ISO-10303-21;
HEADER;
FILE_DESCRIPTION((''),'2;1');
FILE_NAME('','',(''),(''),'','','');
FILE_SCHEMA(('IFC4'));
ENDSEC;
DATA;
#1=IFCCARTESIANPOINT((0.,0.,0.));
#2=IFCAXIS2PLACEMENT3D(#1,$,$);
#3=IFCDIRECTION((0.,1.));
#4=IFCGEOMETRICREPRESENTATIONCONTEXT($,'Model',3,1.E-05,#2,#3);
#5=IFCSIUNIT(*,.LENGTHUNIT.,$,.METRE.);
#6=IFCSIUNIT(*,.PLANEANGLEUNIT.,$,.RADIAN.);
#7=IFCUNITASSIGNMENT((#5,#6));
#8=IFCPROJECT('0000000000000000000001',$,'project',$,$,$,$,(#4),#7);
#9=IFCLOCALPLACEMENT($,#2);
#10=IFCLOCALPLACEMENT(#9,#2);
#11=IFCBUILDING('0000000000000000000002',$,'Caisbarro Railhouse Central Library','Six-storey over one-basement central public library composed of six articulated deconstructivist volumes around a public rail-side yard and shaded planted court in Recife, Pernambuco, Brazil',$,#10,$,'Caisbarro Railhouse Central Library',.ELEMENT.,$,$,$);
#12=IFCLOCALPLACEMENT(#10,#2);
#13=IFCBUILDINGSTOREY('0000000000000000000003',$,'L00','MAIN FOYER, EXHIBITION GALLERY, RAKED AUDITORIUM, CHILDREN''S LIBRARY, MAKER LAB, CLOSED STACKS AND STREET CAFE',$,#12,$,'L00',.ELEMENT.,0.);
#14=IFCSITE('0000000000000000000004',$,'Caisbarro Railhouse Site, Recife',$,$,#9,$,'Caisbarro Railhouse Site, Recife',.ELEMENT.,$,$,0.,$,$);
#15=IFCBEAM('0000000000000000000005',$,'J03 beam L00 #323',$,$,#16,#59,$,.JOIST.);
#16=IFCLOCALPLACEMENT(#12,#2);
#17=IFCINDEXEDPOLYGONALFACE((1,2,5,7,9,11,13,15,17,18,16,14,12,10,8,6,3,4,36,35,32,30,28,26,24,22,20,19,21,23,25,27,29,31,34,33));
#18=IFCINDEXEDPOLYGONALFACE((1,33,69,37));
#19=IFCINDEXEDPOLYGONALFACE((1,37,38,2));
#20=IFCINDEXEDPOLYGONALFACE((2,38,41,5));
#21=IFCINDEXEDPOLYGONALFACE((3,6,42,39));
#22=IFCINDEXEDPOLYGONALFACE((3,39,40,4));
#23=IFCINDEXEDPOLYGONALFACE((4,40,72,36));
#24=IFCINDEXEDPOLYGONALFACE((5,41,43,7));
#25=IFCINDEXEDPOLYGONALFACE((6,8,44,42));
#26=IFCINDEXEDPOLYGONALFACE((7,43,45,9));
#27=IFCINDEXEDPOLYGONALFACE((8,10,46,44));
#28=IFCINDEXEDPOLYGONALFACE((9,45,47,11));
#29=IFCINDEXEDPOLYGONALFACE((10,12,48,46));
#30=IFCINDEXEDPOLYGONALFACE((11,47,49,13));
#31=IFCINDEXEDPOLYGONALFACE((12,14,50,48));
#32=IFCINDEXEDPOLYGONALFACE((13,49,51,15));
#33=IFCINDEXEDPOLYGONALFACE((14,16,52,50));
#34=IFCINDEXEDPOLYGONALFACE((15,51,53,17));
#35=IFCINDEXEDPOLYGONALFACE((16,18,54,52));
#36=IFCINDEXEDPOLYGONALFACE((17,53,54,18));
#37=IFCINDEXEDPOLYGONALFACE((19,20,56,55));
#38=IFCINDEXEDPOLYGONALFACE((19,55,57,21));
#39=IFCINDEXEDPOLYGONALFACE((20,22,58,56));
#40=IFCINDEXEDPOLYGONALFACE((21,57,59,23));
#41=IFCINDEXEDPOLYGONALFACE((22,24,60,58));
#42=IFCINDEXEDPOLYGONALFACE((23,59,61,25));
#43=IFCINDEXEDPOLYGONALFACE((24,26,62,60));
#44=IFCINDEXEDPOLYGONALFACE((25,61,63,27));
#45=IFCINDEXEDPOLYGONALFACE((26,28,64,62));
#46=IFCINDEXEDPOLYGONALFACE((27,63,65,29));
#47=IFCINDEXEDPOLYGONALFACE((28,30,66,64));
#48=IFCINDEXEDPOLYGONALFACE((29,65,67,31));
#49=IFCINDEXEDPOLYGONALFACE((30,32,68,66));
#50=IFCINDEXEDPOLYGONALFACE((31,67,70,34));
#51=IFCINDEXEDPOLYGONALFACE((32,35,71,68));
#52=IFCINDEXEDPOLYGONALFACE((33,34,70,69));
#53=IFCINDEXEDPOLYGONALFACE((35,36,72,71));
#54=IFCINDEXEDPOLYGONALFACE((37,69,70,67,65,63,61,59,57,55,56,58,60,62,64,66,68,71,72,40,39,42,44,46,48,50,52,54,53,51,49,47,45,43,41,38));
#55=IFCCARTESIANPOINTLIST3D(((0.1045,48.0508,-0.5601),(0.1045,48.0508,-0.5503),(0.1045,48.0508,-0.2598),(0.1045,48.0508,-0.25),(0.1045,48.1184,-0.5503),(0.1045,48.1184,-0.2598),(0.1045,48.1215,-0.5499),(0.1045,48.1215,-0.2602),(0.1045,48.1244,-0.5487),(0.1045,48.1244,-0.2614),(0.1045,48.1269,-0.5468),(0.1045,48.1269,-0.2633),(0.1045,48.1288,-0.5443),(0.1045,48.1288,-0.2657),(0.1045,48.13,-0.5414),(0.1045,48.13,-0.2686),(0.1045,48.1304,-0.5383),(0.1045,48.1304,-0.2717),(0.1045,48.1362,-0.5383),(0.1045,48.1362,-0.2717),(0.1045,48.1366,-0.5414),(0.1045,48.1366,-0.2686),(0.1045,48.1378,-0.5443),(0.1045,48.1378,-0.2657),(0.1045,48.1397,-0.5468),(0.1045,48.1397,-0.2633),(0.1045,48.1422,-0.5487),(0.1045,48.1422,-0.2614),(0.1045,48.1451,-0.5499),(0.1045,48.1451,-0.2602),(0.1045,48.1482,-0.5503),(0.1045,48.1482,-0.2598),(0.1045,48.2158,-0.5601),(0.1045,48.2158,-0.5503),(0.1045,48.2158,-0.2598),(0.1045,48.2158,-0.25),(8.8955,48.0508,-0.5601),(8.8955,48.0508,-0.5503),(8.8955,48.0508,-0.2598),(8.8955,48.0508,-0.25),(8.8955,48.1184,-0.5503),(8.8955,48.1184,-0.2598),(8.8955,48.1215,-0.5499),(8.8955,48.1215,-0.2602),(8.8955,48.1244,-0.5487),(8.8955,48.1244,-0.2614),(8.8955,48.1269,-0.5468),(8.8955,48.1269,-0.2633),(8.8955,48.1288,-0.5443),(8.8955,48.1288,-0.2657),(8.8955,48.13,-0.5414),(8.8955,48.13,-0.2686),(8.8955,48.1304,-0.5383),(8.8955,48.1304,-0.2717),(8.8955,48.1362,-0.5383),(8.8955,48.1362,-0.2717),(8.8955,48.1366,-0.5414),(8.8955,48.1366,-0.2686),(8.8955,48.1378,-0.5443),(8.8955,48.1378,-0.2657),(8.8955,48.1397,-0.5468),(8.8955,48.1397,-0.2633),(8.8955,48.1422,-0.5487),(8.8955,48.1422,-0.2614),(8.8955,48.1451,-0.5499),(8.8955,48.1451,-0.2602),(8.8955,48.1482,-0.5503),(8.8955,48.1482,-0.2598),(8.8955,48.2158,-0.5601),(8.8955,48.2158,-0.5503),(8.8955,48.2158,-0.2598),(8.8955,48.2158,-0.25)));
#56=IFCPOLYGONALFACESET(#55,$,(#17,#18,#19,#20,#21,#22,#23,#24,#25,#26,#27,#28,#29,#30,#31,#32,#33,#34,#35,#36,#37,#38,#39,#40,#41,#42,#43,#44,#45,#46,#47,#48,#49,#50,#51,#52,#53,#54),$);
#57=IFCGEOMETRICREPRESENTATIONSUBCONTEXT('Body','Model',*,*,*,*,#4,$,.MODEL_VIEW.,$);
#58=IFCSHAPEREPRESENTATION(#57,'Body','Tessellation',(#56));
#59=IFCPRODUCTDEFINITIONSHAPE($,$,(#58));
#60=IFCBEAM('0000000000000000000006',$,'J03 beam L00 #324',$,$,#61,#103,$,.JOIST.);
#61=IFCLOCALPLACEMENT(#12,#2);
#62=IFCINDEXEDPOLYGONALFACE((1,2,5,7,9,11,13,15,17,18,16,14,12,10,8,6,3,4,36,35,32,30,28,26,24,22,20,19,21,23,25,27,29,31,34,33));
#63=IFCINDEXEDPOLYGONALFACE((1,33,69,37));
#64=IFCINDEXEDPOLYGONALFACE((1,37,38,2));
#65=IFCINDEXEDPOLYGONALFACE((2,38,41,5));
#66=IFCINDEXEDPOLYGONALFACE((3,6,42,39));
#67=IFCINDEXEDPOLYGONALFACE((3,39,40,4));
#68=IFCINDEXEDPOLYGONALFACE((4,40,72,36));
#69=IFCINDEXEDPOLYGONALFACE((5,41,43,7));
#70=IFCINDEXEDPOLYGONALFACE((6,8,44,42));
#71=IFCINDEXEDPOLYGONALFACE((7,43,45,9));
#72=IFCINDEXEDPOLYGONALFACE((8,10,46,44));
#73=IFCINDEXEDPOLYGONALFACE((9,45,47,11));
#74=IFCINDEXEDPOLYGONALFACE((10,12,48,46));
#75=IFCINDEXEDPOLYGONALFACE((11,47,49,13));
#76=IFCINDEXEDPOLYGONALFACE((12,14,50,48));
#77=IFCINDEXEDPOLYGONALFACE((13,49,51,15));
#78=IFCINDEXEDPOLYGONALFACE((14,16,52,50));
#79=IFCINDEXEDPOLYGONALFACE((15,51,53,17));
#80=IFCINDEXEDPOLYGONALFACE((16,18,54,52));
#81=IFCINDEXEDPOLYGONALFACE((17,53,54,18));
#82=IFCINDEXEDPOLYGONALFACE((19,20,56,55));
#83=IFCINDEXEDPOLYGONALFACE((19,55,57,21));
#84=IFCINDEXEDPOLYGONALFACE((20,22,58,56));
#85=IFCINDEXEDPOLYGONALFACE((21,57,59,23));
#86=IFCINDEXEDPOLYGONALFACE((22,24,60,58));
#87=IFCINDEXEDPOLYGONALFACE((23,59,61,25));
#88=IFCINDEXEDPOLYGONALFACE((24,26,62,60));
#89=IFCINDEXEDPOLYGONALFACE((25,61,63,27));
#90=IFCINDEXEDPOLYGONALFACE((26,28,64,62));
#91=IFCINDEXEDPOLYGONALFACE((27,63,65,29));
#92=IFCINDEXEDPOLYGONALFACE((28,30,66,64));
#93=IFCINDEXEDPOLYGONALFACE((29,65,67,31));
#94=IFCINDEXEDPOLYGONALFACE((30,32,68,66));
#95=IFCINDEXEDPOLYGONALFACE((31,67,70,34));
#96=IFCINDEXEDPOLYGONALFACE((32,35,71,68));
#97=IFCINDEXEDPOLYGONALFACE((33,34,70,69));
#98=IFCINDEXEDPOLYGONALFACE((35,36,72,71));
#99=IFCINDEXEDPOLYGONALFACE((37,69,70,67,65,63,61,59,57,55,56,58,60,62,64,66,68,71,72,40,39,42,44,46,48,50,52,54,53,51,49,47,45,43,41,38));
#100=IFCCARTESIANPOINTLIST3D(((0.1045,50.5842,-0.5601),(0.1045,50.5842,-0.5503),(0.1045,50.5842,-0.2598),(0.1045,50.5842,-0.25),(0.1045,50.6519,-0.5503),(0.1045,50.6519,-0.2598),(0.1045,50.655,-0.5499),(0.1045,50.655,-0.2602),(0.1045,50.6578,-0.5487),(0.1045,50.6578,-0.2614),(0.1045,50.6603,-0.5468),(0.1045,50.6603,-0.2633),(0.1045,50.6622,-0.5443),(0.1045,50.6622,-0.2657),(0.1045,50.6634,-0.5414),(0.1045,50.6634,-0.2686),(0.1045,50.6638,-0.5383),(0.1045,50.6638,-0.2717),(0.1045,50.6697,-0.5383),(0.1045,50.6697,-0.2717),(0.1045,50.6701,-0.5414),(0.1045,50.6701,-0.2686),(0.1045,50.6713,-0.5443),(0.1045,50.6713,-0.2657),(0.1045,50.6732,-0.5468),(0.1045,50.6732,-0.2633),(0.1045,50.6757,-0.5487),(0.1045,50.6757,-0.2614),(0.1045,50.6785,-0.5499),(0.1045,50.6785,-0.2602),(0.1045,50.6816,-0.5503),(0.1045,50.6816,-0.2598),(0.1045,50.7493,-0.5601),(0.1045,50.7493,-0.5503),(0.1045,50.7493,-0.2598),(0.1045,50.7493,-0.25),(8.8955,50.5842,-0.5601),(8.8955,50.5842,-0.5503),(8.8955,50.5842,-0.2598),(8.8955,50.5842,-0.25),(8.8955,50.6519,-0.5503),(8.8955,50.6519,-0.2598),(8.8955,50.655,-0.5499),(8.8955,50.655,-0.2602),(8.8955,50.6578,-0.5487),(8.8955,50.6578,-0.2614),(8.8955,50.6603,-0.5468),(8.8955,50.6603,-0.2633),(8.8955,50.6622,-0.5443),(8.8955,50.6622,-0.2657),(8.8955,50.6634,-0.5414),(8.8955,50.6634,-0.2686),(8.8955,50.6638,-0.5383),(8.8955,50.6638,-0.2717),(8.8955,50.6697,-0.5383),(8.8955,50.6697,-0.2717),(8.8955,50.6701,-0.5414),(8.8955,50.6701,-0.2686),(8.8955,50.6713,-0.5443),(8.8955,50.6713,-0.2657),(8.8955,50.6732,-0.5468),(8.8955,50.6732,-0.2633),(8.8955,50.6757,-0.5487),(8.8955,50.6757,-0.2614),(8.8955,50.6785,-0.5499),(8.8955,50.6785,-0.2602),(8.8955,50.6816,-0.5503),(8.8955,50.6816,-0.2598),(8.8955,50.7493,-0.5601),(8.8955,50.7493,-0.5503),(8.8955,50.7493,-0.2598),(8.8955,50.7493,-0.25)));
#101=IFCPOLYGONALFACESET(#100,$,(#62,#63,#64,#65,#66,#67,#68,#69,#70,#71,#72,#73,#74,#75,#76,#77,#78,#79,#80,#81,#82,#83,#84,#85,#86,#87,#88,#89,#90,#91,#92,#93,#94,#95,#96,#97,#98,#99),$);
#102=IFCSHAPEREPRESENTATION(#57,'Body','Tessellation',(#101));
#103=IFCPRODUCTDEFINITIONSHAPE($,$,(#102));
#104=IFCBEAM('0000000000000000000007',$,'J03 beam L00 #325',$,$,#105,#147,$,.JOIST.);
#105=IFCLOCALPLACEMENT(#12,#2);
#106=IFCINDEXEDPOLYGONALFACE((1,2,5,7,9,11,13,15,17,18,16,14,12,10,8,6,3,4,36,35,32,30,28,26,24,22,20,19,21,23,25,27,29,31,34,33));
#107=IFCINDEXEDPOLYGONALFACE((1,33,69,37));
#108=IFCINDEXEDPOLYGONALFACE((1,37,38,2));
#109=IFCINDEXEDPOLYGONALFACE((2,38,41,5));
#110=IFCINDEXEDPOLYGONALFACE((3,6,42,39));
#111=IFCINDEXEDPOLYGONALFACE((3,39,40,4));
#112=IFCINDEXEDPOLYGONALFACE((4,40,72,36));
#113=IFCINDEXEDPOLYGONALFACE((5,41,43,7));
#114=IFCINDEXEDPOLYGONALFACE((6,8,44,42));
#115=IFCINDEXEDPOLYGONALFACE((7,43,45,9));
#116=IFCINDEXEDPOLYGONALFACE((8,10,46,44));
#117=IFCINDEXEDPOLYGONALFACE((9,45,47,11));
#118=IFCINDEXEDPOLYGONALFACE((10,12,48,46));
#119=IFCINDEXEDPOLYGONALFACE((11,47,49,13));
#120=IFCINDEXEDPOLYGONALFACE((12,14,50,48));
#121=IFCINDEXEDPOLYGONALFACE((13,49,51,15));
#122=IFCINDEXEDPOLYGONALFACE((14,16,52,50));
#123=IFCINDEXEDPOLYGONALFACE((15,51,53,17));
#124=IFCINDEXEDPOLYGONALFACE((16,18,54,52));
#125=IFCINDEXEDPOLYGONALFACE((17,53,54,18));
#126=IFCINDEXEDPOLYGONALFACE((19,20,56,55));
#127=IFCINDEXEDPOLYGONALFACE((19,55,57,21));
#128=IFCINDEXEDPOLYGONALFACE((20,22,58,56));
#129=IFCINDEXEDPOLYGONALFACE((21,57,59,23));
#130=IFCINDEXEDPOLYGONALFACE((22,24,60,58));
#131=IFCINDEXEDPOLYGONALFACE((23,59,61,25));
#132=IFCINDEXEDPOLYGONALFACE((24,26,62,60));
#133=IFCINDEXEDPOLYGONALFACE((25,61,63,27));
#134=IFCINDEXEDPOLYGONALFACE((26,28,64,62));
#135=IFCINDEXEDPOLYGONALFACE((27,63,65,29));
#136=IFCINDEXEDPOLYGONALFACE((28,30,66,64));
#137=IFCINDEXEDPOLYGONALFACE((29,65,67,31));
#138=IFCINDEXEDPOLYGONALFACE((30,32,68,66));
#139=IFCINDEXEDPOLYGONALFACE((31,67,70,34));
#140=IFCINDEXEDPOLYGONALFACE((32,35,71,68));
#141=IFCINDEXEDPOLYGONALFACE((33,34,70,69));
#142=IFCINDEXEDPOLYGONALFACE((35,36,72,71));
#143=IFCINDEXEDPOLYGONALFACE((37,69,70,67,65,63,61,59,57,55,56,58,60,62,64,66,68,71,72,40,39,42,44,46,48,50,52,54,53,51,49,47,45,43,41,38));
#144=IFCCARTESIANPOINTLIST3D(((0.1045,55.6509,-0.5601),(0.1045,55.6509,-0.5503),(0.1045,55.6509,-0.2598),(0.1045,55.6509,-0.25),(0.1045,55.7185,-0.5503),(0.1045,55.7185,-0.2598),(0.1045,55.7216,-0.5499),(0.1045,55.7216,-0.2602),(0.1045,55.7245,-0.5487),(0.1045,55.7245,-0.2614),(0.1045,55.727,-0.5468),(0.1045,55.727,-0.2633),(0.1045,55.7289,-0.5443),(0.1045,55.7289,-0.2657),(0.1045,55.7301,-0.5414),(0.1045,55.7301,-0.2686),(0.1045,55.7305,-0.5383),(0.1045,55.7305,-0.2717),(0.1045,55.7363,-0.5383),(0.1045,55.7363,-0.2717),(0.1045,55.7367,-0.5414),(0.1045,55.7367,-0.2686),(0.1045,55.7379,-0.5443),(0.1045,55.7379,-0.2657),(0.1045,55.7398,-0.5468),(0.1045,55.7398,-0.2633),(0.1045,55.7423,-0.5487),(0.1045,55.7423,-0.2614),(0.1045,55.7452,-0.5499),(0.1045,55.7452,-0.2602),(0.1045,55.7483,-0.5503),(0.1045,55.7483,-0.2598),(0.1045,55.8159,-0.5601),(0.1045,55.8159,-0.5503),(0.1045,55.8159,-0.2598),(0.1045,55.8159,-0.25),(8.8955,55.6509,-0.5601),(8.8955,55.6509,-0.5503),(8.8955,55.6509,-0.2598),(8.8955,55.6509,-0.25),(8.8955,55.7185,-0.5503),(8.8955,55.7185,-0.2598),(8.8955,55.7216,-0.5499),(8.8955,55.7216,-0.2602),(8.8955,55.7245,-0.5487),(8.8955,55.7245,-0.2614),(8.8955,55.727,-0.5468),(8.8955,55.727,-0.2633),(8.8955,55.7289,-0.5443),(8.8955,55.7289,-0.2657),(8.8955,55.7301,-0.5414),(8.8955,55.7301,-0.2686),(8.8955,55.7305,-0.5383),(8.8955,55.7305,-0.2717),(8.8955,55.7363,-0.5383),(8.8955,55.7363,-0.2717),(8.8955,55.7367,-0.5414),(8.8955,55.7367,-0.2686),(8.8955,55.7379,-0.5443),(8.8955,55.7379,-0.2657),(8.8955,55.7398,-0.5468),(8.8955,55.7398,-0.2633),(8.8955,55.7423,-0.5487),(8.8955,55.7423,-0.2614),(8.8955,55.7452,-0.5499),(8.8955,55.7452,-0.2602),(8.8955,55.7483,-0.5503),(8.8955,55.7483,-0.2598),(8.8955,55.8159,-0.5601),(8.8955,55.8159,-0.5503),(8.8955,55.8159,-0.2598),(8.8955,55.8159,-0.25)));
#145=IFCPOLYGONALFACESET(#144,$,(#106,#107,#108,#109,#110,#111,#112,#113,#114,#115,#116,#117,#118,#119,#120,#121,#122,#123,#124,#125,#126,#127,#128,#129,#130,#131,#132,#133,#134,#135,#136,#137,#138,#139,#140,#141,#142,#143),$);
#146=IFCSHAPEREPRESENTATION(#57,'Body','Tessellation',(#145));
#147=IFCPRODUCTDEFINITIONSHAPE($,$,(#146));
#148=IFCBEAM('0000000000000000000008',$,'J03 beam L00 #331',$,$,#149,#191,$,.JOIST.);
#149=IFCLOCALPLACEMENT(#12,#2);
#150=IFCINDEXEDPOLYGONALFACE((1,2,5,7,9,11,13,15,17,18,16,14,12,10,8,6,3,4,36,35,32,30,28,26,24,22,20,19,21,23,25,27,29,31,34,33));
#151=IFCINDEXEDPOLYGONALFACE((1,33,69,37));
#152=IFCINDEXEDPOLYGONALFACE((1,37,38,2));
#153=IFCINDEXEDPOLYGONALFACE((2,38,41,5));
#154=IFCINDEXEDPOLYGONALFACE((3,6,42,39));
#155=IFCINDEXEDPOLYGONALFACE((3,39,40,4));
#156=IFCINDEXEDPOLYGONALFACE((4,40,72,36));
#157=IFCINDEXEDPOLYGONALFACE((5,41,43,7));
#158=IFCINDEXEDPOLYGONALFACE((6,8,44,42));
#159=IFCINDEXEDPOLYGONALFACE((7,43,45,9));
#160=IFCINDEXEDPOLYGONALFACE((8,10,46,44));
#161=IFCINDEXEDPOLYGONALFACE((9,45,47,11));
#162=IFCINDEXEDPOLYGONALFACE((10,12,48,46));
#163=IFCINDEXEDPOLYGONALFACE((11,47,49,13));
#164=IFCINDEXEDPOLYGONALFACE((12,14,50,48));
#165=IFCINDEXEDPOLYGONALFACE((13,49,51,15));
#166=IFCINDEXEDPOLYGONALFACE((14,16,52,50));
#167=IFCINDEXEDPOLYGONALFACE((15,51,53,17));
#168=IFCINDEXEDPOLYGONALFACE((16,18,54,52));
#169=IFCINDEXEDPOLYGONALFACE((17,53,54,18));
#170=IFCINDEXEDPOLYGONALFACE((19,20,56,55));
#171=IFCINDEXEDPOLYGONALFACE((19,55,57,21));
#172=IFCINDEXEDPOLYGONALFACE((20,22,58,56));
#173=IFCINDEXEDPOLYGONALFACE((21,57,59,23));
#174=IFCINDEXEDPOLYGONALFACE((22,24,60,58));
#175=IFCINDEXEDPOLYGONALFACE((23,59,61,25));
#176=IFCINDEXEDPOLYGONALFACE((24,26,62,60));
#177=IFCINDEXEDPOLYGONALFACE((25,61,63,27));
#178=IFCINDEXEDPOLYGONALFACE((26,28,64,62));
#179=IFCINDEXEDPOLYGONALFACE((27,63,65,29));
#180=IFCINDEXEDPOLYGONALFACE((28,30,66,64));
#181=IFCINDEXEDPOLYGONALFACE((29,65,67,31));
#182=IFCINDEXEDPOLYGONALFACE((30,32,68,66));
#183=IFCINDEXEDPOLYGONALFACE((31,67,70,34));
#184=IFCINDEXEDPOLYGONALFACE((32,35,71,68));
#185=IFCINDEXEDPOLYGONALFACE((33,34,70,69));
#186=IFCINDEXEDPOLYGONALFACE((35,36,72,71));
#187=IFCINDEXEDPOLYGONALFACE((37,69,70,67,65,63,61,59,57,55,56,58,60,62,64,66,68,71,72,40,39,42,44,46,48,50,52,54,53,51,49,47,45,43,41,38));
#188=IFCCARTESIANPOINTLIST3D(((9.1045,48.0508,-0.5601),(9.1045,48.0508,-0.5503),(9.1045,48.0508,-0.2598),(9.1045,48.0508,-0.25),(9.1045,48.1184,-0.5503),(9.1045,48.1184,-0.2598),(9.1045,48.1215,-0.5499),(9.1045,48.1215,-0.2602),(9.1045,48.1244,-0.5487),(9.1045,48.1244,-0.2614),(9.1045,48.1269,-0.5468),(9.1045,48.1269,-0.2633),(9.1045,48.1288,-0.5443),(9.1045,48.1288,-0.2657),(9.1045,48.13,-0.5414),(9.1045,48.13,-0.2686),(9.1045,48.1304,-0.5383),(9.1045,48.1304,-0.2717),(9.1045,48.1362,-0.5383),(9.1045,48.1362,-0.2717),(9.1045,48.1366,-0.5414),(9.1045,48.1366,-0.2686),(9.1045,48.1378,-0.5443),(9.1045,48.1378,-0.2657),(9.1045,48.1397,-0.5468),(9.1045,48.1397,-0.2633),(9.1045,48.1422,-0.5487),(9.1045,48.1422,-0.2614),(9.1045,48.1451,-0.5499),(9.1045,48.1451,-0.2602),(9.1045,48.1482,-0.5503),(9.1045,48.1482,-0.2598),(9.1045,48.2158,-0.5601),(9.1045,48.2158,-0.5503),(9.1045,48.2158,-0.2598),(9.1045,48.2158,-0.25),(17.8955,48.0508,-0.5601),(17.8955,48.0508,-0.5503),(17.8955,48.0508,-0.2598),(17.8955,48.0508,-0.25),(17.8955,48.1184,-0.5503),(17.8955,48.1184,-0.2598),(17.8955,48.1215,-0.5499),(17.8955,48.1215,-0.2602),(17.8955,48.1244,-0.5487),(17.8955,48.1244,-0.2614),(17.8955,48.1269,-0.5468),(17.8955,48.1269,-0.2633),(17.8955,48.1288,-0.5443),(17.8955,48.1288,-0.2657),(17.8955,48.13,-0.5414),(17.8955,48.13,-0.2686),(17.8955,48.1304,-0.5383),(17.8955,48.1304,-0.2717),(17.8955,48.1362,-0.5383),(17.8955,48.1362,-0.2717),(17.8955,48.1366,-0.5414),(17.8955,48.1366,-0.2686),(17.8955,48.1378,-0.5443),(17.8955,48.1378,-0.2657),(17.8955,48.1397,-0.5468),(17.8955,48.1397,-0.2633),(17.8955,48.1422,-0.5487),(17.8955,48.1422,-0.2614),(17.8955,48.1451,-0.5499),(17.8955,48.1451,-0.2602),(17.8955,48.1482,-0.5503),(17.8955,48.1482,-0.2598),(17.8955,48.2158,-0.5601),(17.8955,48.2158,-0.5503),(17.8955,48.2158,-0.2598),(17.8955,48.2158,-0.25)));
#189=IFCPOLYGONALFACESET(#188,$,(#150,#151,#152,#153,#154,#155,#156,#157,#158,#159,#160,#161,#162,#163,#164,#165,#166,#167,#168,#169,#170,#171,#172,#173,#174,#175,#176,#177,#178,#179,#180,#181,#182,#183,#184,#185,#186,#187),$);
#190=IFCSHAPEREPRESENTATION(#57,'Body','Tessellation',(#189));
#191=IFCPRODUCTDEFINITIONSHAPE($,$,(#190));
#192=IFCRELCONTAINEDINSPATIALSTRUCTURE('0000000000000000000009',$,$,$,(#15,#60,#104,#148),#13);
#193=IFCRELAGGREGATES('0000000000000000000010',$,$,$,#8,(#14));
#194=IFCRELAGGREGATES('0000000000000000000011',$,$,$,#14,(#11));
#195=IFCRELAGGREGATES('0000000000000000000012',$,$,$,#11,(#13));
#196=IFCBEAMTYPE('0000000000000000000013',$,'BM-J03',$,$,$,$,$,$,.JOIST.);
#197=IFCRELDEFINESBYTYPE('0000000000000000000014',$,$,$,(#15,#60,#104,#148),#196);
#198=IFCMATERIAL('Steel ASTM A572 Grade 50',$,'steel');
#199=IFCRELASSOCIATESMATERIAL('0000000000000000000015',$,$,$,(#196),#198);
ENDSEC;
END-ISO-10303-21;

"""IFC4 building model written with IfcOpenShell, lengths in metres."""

from ifc_helpers import new_model, si_unit, direction, frame, origin, origin_2d, place, context, subcontext, project, spatial, i_section, extrude, material, material_profile, profile_set, type_object, element, save


model = new_model("IFC4")

# Units and contexts
model_context = context("Model", 3, precision=1e-05, world=origin(), true_north=direction((0.0, 1.0)))
body_context = subcontext(model_context, "Body", "Model", "MODEL_VIEW")
ifc_project = project(units=[si_unit("LENGTHUNIT", "METRE"), si_unit("PLANEANGLEUNIT", "RADIAN")], contexts=[model_context])

# Site, building, storey
site_placement = place(None, origin())
site = spatial("IfcSite", under=ifc_project, at=site_placement, Name="Caisbarro Railhouse Site, Recife", LongName="Caisbarro Railhouse Site, Recife", CompositionType="ELEMENT", RefElevation=0.0)
building_placement = place(site_placement, origin())
building = spatial("IfcBuilding", under=site, at=building_placement, Name="Caisbarro Railhouse Central Library", Description="Six-storey over one-basement central public library composed of six articulated deconstructivist volumes around a public rail-side yard and shaded planted court in Recife, Pernambuco, Brazil", LongName="Caisbarro Railhouse Central Library", CompositionType="ELEMENT")
storey_placement = place(building_placement, origin())
storey = spatial("IfcBuildingStorey", under=building, at=storey_placement, Name="L00", Description="MAIN FOYER, EXHIBITION GALLERY, RAKED AUDITORIUM, CHILDREN'S LIBRARY, MAKER LAB, CLOSED STACKS AND STREET CAFE", LongName="L00", CompositionType="ELEMENT", Elevation=0.0)

# Shared definitions
ifc_material_1 = material(Name="Steel ASTM A572 Grade 50", Category="steel")

# Beams
ifc_material_profile_1 = material_profile(ifc_material_1, i_section(OverallWidth=0.165, OverallDepth=0.3101, WebThickness=0.0059, FlangeThickness=0.0098, FilletRadius=0.012, at=origin_2d()), Name="W310X38.7")
ifc_profile_set_1 = profile_set([ifc_material_profile_1], Name="Steel ASTM A572 Grade 50")
beam_type_1 = type_object("IfcBeamType", Name="BM-J03", PredefinedType="JOIST", material=ifc_profile_set_1)
for number, where, z_axis, x_axis, name in (
    (1, (0.1045, 48.1333, -0.405), (1.0, 0.0, 0.0), (0.0, 1.0, 0.0), "J03 beam L00 #323"),
    (2, (0.1045, 50.6667, -0.405), (1.0, 0.0, 0.0), (0.0, 1.0, 0.0), "J03 beam L00 #324"),
    (3, (0.1045, 55.7334, -0.405), (1.0, 0.0, 0.0), (0.0, 1.0, 0.0), "J03 beam L00 #325"),
    (4, (9.1045, 48.1333, -0.405), (1.0, 0.0, 0.0), (0.0, 1.0, 0.0), "J03 beam L00 #331"),
):
    element("IfcBeam", number, at=place(storey_placement, frame(where, z_axis=z_axis, x_axis=x_axis)), inside=storey, type_object=beam_type_1, Name=name, PredefinedType="JOIST", context=body_context, shape_type="SweptSolid", body=[
        extrude(i_section(OverallWidth=0.165, OverallDepth=0.3101, WebThickness=0.0059, FlangeThickness=0.0098, FilletRadius=0.012, at=origin_2d()), origin(), (0.0, 0.0, 1.0), 8.791),
    ])

save(model, "model.ifc")
